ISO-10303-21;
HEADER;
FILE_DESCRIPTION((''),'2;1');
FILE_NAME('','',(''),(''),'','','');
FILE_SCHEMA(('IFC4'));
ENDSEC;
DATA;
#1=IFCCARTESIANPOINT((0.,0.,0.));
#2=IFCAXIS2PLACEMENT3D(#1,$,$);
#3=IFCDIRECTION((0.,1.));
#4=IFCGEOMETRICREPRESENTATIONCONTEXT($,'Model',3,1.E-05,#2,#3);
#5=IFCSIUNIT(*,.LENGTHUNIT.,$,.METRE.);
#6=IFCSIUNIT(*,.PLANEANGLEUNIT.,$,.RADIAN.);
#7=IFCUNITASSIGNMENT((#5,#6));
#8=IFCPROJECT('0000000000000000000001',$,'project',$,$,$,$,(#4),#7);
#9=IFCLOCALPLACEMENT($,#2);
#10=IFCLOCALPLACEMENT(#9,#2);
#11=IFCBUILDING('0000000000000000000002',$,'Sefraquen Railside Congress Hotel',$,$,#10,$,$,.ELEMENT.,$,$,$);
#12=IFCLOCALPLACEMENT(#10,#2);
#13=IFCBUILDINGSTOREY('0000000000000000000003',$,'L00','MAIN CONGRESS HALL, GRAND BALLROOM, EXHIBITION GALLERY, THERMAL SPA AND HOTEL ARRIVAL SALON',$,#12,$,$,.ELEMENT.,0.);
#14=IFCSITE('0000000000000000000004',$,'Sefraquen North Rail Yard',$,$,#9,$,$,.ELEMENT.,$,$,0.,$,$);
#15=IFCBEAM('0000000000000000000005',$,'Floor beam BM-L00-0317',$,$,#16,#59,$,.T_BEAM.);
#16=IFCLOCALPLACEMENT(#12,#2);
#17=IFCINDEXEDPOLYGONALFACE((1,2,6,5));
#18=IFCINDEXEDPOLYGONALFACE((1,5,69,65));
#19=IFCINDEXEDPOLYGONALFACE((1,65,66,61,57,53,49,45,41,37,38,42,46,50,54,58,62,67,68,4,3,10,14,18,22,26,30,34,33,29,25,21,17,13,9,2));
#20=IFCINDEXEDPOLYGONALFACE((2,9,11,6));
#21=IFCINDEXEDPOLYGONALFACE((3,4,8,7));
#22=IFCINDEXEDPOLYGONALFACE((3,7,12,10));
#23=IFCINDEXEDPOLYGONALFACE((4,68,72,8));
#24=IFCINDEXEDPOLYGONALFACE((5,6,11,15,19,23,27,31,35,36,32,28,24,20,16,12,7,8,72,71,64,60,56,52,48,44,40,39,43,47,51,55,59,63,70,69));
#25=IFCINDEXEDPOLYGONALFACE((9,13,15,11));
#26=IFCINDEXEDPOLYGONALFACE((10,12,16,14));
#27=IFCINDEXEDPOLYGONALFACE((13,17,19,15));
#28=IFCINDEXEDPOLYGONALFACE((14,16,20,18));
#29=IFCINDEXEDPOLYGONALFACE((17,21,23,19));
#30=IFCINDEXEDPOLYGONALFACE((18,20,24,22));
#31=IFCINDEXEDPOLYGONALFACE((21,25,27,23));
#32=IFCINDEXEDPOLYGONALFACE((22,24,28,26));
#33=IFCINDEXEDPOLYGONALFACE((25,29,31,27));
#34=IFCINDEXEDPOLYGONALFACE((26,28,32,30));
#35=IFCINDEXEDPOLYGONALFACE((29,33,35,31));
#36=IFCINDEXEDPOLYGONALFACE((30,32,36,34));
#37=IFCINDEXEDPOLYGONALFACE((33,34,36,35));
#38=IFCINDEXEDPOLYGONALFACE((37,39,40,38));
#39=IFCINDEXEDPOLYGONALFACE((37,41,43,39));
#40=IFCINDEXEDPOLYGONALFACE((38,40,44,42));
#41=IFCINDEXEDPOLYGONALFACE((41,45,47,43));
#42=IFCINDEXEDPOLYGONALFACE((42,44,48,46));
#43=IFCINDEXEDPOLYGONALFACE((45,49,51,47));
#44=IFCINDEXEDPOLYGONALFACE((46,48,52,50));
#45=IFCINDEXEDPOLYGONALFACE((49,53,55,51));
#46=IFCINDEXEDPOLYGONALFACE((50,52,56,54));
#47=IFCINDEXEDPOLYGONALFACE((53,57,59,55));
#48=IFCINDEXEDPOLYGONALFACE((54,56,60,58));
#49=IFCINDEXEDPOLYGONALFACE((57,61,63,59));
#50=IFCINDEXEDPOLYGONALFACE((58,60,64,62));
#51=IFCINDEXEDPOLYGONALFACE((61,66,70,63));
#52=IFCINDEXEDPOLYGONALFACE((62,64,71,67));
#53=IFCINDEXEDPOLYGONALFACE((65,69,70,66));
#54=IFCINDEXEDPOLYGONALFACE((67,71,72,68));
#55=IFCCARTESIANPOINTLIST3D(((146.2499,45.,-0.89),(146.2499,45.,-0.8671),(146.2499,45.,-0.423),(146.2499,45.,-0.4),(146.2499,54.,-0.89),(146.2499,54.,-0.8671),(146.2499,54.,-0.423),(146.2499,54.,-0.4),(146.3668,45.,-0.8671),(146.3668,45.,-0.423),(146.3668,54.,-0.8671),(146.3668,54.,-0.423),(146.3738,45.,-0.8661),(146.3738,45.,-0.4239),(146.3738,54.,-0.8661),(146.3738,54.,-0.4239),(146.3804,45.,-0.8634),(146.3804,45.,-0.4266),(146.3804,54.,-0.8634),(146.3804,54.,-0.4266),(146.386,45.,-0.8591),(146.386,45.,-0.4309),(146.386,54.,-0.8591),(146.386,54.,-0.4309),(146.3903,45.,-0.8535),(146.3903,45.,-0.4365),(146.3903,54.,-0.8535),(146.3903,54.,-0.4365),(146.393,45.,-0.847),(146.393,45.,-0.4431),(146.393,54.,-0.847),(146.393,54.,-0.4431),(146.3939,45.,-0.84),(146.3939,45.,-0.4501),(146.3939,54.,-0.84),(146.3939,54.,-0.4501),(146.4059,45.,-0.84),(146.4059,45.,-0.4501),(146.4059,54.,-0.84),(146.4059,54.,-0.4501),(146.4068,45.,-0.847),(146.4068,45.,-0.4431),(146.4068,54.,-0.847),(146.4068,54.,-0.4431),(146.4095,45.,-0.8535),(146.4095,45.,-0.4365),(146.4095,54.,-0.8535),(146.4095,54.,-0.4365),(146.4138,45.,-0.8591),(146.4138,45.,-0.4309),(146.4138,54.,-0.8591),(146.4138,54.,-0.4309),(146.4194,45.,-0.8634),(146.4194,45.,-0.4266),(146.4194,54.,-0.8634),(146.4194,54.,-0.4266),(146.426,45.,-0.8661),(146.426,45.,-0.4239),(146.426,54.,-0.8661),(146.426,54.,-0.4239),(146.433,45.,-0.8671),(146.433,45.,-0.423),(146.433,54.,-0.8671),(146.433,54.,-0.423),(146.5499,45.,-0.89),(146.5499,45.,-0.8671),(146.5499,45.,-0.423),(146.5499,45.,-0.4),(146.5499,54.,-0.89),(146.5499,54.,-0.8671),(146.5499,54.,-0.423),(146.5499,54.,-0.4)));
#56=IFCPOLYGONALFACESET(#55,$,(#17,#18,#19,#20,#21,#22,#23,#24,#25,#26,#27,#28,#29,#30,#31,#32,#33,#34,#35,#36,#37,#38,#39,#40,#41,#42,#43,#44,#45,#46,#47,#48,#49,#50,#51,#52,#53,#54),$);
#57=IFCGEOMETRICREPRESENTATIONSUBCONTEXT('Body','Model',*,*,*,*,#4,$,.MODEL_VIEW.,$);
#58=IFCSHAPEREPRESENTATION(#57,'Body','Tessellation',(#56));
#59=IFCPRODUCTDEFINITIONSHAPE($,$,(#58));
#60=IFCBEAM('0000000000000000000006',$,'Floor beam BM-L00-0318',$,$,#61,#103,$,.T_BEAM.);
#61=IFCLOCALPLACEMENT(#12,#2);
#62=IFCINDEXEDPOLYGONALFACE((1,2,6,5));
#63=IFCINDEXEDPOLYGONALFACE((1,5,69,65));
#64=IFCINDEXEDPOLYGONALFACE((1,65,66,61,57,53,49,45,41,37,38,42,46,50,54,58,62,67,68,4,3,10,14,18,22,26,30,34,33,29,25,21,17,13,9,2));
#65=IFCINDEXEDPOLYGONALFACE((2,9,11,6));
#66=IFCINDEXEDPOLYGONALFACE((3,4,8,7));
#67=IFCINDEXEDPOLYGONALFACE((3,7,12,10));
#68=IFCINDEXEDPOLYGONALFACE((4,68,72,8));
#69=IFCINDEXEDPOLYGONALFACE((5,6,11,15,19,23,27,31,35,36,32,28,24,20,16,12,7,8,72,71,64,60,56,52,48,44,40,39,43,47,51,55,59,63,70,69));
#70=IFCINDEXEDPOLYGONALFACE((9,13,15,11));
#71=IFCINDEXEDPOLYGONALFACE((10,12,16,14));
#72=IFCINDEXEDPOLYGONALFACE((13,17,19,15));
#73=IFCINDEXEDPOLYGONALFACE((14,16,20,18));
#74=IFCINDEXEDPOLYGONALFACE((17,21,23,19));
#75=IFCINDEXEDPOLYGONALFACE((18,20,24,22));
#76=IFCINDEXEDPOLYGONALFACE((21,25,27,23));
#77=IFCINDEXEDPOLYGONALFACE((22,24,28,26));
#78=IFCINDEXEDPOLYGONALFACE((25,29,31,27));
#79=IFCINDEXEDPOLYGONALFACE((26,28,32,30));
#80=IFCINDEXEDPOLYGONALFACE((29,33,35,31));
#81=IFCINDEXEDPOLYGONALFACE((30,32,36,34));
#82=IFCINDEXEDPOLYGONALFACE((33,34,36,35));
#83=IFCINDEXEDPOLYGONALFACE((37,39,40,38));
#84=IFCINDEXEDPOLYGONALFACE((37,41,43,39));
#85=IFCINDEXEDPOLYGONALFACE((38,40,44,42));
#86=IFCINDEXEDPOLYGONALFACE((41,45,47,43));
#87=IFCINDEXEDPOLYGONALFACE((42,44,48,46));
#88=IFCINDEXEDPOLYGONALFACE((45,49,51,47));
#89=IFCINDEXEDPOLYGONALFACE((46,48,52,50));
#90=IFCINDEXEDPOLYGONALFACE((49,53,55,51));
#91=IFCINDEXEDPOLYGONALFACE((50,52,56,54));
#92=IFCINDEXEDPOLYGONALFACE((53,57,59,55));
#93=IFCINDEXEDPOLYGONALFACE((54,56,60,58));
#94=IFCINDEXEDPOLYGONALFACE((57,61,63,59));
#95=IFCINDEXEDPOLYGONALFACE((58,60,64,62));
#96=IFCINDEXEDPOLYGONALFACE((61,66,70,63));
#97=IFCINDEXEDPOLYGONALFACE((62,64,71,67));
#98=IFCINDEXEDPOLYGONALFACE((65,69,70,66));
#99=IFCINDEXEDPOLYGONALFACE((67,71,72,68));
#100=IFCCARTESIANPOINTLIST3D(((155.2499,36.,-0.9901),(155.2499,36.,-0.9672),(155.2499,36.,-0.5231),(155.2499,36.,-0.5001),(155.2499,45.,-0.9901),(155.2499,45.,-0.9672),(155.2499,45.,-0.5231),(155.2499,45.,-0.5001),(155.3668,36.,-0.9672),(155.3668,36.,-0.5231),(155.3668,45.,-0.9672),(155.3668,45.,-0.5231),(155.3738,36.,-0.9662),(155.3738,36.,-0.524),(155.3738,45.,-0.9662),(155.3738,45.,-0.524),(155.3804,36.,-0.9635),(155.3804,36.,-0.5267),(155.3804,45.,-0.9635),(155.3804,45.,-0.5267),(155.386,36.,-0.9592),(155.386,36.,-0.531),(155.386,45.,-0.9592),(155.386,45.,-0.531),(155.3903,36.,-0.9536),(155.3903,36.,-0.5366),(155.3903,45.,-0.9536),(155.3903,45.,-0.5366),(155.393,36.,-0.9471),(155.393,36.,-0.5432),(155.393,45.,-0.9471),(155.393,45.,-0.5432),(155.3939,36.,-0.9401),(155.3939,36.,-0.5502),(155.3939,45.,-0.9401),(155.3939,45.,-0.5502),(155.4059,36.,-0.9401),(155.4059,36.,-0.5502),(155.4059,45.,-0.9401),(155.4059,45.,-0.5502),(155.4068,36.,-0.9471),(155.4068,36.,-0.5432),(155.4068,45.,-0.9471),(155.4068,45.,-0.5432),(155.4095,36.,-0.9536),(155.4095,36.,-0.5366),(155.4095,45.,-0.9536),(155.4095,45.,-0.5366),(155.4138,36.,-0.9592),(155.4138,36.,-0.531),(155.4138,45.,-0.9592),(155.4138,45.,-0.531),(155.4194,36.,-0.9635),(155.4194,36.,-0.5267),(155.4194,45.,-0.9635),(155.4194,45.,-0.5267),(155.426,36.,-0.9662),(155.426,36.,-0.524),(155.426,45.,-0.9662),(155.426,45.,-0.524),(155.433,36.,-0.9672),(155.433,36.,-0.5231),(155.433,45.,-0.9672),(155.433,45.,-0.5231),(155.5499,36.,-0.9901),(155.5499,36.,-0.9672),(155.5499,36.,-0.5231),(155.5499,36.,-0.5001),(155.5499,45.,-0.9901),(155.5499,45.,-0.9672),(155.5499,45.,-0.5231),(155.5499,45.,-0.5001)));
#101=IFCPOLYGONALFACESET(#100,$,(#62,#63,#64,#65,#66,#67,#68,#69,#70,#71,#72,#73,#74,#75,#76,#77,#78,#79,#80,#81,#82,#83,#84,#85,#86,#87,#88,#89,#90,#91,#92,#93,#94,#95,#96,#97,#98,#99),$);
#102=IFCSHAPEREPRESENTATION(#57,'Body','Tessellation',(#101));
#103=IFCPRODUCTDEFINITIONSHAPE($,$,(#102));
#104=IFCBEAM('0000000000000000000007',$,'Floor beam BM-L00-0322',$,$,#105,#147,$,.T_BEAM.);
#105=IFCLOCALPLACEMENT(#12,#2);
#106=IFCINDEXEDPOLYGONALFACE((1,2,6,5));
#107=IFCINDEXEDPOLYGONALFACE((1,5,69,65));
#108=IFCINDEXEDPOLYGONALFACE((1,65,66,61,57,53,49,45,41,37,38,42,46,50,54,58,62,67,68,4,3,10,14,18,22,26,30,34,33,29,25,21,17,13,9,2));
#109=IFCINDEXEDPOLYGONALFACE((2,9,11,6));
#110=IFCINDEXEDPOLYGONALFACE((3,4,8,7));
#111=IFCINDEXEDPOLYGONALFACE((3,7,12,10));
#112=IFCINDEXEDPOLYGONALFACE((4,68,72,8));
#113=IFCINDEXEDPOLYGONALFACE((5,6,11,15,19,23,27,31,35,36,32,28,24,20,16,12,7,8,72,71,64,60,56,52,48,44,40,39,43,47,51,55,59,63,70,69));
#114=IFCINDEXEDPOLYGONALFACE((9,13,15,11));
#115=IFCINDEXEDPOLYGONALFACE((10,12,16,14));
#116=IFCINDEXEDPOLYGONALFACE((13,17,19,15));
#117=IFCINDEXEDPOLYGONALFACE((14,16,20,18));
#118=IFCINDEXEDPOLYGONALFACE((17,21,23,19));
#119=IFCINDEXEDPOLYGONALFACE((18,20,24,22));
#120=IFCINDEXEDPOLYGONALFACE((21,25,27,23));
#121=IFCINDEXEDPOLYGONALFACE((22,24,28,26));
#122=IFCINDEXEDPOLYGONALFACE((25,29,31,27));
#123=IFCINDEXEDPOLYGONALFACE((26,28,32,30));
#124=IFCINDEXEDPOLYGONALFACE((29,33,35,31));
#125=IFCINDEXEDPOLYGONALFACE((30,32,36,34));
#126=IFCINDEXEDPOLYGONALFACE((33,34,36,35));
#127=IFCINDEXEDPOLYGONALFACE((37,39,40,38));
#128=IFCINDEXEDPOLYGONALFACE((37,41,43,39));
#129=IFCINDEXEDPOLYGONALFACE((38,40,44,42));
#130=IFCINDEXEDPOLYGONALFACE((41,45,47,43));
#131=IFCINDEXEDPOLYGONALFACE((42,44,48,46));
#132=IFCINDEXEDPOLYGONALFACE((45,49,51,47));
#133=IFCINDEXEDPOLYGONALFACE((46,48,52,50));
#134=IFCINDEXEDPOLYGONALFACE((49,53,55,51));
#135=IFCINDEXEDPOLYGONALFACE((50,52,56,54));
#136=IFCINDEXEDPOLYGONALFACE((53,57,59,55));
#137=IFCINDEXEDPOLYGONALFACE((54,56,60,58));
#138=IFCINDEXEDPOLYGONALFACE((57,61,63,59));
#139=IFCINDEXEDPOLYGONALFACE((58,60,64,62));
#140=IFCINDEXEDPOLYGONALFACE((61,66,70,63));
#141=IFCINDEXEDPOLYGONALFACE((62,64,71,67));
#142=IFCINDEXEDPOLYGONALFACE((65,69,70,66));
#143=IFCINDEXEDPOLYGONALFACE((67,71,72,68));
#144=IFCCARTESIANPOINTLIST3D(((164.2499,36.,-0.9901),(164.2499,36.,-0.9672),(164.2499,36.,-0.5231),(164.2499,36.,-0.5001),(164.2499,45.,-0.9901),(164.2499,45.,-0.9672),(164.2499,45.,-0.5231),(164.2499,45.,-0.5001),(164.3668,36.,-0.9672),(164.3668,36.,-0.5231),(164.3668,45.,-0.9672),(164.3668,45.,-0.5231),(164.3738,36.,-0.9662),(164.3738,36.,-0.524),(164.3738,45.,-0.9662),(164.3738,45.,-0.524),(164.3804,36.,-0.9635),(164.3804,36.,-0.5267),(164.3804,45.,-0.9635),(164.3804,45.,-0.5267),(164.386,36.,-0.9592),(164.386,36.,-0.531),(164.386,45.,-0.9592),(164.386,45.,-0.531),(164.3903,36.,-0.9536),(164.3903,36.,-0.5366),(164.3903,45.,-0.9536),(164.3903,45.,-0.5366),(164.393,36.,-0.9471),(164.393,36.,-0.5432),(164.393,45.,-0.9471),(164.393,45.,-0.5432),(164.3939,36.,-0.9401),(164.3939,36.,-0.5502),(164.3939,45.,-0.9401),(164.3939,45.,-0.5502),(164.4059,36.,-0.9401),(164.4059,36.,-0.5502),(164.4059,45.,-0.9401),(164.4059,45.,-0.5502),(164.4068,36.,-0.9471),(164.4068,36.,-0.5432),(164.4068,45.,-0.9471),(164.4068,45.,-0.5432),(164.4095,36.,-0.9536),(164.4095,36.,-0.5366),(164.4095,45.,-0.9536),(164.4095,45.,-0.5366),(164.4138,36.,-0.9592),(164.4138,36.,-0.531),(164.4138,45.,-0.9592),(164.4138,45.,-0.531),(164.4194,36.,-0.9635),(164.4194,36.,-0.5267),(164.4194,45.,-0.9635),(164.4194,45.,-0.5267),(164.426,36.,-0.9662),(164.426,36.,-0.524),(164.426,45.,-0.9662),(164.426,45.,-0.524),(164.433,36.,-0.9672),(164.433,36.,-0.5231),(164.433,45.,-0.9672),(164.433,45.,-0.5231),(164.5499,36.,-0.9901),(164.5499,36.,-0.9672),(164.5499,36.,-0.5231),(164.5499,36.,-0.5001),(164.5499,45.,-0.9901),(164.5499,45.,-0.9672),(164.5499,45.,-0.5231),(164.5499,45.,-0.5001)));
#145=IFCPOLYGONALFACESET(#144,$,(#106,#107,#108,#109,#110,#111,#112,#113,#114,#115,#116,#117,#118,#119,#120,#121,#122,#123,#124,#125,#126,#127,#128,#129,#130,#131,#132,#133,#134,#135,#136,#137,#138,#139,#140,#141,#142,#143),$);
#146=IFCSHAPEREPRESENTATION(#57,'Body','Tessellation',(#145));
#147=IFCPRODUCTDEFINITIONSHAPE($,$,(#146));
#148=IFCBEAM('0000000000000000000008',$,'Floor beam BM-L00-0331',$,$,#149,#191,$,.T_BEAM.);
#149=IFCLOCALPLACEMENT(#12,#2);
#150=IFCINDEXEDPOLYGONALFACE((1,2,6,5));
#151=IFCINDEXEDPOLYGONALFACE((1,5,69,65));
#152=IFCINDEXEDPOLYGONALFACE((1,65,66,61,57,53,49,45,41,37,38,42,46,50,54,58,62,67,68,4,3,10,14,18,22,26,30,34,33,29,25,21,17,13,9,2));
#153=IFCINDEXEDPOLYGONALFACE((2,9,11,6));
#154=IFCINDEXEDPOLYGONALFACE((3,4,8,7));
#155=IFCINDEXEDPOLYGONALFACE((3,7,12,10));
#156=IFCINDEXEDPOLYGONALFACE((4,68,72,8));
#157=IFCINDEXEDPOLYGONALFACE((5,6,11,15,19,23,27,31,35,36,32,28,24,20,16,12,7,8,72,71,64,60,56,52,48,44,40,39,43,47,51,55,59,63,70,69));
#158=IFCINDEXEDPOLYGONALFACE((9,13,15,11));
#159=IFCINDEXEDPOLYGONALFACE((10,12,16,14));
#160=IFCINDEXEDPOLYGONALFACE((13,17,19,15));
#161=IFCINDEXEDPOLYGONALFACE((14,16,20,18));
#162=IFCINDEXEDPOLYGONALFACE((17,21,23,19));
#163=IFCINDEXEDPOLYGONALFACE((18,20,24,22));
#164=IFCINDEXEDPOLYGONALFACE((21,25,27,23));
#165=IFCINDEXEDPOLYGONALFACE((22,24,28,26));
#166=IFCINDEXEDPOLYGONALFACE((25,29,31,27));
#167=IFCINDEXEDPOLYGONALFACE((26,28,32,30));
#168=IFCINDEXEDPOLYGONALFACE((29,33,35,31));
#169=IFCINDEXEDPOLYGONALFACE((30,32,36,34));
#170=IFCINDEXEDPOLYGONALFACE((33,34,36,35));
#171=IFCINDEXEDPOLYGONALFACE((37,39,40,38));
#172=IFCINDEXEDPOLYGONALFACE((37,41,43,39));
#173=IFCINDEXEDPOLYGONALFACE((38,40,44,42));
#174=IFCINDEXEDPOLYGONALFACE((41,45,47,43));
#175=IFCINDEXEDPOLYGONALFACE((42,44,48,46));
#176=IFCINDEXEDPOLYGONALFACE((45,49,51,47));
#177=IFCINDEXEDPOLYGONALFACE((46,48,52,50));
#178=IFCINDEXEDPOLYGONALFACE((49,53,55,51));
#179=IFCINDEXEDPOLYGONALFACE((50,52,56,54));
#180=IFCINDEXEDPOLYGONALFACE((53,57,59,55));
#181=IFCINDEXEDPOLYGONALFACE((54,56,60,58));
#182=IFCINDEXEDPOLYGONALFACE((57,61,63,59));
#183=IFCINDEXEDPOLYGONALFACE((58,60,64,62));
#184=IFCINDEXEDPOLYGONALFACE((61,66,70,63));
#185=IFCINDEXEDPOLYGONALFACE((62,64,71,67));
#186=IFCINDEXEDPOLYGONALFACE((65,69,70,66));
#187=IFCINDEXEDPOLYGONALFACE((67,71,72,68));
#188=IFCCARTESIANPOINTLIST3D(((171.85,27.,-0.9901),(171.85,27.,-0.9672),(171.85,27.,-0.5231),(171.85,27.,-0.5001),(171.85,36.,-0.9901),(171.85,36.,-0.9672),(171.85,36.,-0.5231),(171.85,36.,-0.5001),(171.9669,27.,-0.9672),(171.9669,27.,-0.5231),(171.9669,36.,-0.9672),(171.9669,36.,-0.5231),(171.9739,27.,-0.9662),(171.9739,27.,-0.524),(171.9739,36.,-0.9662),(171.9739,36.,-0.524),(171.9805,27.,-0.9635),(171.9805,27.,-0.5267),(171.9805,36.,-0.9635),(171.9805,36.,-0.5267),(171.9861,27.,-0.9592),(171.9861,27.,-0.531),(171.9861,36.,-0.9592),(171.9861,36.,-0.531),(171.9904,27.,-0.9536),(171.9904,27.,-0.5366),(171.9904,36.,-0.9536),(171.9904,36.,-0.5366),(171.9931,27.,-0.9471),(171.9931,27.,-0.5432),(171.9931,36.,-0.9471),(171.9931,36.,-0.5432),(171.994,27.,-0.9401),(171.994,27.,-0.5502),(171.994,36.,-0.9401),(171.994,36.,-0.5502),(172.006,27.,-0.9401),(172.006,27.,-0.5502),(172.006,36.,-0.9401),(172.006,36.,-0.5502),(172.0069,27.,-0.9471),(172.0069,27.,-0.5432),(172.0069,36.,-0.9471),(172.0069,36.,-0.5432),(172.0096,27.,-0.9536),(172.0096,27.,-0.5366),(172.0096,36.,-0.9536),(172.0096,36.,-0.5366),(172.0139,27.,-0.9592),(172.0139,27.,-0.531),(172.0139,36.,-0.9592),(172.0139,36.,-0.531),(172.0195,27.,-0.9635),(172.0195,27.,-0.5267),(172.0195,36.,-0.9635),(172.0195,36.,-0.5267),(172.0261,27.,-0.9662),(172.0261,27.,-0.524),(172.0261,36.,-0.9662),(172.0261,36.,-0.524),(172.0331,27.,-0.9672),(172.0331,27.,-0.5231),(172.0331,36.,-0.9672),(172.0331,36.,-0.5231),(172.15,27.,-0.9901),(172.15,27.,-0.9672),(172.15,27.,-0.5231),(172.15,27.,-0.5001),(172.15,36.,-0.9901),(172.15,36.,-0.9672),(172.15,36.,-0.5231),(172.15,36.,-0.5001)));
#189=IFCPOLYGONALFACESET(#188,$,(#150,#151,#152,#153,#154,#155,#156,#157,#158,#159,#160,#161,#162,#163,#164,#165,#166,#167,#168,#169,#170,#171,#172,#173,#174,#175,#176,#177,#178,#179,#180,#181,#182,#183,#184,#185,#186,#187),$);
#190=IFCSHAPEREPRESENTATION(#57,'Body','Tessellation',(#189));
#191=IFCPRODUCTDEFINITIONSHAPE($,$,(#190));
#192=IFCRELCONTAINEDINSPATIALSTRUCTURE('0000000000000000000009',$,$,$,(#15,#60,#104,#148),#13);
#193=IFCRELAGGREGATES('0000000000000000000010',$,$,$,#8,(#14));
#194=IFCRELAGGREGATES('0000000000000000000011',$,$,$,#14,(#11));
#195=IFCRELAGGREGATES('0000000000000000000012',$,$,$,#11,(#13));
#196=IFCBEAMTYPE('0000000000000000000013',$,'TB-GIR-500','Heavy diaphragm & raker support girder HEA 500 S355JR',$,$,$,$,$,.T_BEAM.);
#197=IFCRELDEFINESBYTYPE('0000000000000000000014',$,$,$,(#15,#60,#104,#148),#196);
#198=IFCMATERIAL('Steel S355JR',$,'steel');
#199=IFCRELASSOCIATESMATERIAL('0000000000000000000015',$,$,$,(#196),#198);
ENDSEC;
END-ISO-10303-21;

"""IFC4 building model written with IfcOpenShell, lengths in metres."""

from ifc_helpers import new_model, si_unit, direction, frame, origin, origin_2d, place, context, subcontext, project, spatial, i_section, extrude, material, material_profile, profile_set, type_object, element, save


model = new_model("IFC4")

# Units and contexts
model_context = context("Model", 3, precision=1e-05, world=origin(), true_north=direction((0.0, 1.0)))
body_context = subcontext(model_context, "Body", "Model", "MODEL_VIEW")
ifc_project = project(units=[si_unit("LENGTHUNIT", "METRE"), si_unit("PLANEANGLEUNIT", "RADIAN")], contexts=[model_context])

# Site, building, storey
site_placement = place(None, origin())
site = spatial("IfcSite", under=ifc_project, at=site_placement, Name="Sefraquen North Rail Yard", CompositionType="ELEMENT", RefElevation=0.0)
building_placement = place(site_placement, origin())
building = spatial("IfcBuilding", under=site, at=building_placement, Name="Sefraquen Railside Congress Hotel", CompositionType="ELEMENT")
storey_placement = place(building_placement, origin())
storey = spatial("IfcBuildingStorey", under=building, at=storey_placement, Name="L00", Description="MAIN CONGRESS HALL, GRAND BALLROOM, EXHIBITION GALLERY, THERMAL SPA AND HOTEL ARRIVAL SALON", CompositionType="ELEMENT", Elevation=0.0)

# Shared definitions
ifc_material_1 = material(Name="Steel S355JR", Category="steel")

# Beams
ifc_material_profile_1 = material_profile(ifc_material_1, i_section(OverallWidth=0.3, OverallDepth=0.49, WebThickness=0.012, FlangeThickness=0.0229, FilletRadius=0.0271, at=origin_2d()), Name="HEA 500")
ifc_profile_set_1 = profile_set([ifc_material_profile_1], Name="Steel S355JR")
beam_type_1 = type_object("IfcBeamType", Name="TB-GIR-500", Description="Heavy diaphragm & raker support girder HEA 500 S355JR", PredefinedType="T_BEAM", material=ifc_profile_set_1)
for number, where, z_axis, x_axis, name in (
    (1, (146.3999, 45.0, -0.645), (0.0, 1.0, 0.0), (-1.0, 0.0, 0.0), "Floor beam BM-L00-0317"),
    (2, (155.3999, 36.0, -0.7451), (0.0, 1.0, 0.0), (-1.0, 0.0, 0.0), "Floor beam BM-L00-0318"),
    (3, (164.3999, 36.0, -0.7451), (0.0, 1.0, 0.0), (-1.0, 0.0, 0.0), "Floor beam BM-L00-0322"),
    (4, (172.0, 27.0, -0.7451), (0.0, 1.0, 0.0), (-1.0, 0.0, 0.0), "Floor beam BM-L00-0331"),
):
    element("IfcBeam", number, at=place(storey_placement, frame(where, z_axis=z_axis, x_axis=x_axis)), inside=storey, type_object=beam_type_1, Name=name, PredefinedType="T_BEAM", context=body_context, shape_type="SweptSolid", body=[
        extrude(i_section(OverallWidth=0.3, OverallDepth=0.49, WebThickness=0.012, FlangeThickness=0.0229, FilletRadius=0.0271, at=origin_2d()), origin(), (0.0, 0.0, 1.0), 9.0),
    ])

save(model, "model.ifc")
